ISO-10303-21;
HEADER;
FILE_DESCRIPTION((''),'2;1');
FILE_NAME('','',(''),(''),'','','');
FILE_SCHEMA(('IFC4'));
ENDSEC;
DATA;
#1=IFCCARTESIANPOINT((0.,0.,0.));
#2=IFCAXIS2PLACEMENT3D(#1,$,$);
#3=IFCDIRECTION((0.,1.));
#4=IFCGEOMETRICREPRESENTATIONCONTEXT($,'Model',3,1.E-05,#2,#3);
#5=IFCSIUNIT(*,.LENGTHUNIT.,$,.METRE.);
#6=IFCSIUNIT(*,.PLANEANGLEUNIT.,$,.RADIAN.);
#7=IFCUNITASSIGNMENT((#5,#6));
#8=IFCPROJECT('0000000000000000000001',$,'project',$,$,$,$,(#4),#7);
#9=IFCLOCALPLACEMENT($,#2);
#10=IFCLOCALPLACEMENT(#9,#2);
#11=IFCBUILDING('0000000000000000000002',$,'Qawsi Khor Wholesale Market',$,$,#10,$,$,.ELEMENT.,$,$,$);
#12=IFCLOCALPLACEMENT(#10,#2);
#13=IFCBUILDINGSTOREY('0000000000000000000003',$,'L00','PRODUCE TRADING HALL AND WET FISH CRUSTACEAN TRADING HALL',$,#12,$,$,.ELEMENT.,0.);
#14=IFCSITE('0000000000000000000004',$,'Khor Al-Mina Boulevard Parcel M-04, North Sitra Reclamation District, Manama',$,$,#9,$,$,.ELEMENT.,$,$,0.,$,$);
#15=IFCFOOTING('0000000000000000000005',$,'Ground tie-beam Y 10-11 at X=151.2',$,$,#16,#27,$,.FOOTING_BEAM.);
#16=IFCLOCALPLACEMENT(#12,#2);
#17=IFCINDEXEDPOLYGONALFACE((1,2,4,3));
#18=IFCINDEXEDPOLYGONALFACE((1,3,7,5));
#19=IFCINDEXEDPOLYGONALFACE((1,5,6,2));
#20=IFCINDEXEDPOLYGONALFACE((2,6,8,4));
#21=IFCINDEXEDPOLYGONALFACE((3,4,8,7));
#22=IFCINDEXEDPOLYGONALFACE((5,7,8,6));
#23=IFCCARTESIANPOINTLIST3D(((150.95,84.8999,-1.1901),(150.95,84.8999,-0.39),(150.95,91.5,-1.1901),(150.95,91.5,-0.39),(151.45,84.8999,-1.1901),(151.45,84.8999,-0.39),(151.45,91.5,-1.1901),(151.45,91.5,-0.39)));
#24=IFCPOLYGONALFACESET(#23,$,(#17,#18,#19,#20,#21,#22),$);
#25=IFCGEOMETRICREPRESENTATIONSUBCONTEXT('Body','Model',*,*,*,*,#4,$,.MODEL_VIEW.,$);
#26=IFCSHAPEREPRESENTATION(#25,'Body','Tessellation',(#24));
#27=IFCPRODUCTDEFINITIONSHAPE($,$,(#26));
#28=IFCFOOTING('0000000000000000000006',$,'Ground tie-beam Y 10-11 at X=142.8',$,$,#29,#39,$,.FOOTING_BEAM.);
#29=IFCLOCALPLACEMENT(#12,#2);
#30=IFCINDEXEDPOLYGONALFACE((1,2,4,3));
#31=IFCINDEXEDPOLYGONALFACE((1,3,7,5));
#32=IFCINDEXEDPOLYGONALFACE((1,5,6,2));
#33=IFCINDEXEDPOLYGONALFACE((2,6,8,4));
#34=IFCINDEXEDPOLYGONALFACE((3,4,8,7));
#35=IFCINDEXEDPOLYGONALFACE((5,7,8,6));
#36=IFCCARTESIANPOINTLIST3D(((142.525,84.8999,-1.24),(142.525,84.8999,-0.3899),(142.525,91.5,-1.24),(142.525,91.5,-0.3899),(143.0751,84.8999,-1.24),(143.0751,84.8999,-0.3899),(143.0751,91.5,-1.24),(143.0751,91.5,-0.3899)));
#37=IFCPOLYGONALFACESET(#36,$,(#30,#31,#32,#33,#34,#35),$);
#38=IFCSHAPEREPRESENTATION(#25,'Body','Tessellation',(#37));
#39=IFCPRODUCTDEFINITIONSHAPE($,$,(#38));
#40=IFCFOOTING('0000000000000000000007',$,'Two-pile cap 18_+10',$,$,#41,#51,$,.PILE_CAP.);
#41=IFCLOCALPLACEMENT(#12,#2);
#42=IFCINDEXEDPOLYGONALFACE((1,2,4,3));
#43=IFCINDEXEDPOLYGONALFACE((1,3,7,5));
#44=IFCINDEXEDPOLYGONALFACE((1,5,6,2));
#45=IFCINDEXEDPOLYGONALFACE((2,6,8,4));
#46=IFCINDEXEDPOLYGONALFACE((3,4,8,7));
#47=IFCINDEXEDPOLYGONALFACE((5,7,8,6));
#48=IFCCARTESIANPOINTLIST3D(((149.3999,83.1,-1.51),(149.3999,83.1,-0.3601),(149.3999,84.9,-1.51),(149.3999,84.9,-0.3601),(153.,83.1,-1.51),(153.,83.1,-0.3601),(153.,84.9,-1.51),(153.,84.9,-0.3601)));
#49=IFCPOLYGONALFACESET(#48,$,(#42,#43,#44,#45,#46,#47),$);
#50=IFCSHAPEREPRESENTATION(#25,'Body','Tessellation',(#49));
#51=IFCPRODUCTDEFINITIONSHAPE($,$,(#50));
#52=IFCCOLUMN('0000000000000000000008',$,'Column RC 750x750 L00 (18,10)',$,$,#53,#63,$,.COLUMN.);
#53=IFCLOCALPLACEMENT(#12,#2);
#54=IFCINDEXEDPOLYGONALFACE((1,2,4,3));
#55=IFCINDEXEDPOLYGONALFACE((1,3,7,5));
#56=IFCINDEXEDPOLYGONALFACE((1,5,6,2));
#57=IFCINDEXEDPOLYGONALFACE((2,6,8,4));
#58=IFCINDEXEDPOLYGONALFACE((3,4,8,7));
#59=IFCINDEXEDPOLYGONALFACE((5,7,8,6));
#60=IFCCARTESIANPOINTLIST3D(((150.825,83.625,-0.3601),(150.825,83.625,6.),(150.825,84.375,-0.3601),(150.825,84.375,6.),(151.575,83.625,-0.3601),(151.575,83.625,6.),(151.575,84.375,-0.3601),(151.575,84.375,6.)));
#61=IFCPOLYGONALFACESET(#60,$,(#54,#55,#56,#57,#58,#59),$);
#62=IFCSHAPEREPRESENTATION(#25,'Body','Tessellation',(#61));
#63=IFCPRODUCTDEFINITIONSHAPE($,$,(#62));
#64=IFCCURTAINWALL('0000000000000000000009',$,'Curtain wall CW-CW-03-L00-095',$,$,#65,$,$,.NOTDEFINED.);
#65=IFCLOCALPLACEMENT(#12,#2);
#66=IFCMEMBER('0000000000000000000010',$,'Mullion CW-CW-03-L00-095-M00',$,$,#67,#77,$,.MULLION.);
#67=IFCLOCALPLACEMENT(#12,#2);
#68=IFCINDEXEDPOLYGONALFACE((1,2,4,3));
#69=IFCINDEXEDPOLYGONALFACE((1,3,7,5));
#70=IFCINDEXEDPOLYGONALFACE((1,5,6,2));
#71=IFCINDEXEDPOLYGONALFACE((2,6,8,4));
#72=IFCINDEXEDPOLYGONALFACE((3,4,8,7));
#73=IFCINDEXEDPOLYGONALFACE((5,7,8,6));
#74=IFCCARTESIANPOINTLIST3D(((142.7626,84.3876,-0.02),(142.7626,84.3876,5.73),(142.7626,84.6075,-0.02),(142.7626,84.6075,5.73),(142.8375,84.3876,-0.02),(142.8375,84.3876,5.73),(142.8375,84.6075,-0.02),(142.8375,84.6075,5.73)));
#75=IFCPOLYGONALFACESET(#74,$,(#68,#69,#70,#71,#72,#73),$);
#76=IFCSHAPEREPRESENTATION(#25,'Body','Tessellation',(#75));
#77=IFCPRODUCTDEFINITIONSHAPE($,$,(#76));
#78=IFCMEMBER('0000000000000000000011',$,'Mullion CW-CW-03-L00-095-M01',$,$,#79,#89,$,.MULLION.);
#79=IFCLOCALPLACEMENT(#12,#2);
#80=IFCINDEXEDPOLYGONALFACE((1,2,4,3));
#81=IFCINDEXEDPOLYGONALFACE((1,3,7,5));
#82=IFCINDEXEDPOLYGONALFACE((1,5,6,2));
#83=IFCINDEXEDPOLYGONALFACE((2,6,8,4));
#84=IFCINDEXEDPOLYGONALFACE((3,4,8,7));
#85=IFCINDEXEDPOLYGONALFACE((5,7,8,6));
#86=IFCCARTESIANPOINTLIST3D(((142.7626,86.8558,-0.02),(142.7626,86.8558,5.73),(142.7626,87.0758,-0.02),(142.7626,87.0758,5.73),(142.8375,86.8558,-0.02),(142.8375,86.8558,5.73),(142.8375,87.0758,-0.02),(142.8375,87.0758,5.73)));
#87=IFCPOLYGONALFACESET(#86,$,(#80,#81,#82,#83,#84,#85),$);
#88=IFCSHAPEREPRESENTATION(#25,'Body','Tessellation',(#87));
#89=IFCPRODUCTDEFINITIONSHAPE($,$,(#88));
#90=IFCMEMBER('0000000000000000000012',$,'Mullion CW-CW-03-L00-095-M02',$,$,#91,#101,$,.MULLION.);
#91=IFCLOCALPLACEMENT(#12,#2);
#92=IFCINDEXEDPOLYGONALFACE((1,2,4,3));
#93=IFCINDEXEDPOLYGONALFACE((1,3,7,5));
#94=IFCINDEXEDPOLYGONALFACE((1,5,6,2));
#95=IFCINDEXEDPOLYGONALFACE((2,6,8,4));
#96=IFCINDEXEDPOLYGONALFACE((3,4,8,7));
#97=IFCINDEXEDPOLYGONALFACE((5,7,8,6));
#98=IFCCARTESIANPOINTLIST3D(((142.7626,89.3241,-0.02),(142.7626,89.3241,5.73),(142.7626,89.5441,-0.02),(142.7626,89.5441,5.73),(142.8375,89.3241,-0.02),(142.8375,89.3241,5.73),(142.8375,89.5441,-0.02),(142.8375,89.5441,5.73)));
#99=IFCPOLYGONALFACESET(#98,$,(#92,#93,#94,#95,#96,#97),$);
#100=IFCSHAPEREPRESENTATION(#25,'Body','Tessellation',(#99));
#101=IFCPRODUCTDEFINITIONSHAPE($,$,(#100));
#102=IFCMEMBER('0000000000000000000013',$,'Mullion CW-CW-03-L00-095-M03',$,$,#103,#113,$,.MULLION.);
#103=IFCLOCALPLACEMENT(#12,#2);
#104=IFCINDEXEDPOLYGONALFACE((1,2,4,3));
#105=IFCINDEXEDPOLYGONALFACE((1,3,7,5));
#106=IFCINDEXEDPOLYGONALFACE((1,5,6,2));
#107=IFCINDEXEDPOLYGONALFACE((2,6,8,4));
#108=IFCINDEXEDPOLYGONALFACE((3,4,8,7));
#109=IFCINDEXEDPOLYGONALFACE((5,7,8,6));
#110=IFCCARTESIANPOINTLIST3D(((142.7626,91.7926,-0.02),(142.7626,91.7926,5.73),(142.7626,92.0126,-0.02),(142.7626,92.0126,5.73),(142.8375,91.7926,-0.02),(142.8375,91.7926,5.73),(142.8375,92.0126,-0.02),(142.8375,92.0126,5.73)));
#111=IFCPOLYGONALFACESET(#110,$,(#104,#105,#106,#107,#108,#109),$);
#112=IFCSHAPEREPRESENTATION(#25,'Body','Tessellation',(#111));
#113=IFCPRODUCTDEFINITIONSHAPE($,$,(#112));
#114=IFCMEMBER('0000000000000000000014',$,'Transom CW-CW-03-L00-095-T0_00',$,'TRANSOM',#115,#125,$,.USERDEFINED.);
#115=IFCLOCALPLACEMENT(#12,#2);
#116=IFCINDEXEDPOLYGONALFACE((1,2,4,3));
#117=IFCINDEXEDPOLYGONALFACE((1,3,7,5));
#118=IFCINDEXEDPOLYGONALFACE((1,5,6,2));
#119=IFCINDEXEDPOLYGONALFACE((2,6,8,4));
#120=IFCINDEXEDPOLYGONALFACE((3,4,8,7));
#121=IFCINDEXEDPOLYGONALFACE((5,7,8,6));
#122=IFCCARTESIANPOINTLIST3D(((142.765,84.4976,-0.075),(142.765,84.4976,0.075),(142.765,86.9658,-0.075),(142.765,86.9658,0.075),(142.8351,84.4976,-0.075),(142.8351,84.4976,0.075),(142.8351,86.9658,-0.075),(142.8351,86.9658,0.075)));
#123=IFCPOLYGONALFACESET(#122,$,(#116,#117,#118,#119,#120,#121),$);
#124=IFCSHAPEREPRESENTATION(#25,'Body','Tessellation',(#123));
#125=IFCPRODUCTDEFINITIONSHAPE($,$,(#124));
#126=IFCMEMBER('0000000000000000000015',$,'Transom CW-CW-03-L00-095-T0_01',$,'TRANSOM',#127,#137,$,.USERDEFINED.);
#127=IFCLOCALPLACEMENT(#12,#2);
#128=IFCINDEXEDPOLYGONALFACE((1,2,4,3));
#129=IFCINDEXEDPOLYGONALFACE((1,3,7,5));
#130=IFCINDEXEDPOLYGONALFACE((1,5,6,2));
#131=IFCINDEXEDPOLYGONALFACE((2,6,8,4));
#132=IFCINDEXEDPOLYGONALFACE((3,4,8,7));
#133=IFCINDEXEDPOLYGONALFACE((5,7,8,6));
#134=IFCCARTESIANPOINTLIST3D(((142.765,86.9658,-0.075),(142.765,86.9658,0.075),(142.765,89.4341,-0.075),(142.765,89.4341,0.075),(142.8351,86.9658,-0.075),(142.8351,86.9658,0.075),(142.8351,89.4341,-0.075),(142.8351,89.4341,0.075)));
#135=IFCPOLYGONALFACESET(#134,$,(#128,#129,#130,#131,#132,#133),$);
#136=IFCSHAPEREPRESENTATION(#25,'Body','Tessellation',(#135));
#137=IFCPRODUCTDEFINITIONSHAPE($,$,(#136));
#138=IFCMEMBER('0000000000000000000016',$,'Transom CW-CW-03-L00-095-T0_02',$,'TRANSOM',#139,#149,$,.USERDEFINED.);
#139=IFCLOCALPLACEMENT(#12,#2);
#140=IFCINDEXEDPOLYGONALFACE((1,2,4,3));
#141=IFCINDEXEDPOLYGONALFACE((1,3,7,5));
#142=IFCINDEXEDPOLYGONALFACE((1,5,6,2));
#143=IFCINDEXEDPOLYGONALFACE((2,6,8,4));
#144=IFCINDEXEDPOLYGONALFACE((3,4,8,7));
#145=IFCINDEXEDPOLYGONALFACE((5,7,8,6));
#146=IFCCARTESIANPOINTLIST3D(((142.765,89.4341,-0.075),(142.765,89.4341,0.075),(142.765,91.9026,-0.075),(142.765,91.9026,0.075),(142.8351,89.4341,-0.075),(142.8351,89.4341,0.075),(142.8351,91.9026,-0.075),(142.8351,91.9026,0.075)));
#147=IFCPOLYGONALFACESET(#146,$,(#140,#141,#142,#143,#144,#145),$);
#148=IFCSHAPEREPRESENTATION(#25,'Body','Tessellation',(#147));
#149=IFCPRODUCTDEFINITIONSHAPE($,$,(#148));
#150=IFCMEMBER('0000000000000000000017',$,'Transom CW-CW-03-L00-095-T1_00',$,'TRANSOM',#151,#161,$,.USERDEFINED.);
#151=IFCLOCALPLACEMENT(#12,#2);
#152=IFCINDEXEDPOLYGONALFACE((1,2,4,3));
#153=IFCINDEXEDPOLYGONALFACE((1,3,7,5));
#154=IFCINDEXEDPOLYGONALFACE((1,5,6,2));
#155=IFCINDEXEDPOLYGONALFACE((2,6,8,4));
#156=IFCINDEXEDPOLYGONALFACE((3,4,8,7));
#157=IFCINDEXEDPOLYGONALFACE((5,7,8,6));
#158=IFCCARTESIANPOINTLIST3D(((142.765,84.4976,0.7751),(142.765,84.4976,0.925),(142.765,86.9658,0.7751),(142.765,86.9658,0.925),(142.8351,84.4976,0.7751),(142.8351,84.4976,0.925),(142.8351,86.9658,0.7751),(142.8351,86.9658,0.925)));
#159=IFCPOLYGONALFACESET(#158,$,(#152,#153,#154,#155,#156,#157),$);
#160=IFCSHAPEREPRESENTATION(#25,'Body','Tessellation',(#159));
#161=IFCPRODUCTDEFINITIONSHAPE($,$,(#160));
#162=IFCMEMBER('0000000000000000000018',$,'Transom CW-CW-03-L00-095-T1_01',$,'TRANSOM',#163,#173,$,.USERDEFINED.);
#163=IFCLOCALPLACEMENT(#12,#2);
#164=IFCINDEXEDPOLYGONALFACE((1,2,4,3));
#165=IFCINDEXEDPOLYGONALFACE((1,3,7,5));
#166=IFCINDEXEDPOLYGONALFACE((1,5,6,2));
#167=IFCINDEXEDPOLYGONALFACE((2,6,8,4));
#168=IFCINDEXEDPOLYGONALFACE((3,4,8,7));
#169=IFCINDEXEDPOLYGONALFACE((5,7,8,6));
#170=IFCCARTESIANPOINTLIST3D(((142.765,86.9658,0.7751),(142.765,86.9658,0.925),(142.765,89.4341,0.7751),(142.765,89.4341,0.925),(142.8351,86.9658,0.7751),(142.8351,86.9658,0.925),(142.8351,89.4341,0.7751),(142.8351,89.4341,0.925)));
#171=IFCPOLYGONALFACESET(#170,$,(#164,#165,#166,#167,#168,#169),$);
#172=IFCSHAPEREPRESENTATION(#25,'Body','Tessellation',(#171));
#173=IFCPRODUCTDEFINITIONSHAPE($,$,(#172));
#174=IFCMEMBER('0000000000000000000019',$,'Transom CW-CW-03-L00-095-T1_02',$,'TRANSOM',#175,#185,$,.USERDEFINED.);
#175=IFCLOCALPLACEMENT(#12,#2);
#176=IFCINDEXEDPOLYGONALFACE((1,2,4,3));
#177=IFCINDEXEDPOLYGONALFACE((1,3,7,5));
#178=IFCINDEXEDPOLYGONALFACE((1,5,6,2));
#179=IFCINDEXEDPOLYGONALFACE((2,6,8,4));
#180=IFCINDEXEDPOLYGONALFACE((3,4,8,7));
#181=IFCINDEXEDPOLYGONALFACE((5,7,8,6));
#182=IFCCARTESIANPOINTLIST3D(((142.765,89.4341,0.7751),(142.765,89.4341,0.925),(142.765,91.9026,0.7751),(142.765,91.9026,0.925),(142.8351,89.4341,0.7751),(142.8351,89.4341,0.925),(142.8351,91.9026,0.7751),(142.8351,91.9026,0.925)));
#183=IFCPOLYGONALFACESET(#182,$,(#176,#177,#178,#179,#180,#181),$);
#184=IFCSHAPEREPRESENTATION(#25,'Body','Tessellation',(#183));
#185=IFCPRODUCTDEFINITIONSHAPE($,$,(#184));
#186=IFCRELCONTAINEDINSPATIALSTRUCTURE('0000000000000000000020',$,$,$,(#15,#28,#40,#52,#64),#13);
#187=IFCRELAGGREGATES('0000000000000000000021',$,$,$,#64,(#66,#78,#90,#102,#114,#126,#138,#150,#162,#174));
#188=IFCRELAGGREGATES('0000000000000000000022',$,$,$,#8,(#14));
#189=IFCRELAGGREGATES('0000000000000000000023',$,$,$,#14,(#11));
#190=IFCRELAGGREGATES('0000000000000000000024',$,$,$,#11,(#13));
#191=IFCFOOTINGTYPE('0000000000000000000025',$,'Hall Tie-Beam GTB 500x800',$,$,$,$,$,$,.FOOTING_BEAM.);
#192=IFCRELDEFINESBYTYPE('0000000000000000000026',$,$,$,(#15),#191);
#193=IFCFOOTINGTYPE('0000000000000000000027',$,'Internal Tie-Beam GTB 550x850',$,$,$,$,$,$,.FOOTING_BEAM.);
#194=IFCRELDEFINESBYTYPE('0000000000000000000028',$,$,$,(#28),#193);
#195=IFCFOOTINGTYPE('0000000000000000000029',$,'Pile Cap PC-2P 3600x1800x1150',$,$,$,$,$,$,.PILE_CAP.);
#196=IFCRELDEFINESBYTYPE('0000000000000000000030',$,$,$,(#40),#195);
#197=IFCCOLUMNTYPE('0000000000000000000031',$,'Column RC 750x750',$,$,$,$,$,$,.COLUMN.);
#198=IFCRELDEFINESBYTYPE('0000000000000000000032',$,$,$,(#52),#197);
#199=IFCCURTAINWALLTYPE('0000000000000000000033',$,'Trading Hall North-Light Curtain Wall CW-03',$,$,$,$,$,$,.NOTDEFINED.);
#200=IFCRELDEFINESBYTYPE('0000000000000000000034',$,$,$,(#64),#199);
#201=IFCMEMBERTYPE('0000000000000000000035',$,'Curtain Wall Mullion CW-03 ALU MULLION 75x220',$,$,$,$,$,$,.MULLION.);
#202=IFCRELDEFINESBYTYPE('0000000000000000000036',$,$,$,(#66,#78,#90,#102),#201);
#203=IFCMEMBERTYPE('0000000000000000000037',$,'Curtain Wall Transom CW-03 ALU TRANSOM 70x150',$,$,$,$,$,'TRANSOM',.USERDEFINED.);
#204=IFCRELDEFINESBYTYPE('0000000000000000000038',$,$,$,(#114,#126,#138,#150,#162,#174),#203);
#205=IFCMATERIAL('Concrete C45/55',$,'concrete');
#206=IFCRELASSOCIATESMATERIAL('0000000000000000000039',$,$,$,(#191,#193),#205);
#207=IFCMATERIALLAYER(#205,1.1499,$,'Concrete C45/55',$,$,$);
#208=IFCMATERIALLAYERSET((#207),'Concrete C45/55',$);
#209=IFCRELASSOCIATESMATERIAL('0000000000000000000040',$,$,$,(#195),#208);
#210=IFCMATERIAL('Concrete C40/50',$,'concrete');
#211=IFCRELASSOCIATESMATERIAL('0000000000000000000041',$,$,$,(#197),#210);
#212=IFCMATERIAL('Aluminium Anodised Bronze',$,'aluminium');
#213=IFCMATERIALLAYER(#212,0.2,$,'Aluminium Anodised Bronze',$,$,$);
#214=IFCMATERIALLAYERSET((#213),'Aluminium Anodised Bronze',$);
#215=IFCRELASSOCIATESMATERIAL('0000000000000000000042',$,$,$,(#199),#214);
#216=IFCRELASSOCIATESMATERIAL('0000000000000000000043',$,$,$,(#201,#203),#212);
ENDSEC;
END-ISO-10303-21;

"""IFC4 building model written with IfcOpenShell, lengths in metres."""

from ifc_helpers import new_model, si_unit, direction, frame, origin, origin_2d, place, context, subcontext, project, spatial, rectangle, extrude, material, layer, layer_set, material_profile, profile_set, type_object, element, aggregate, save


model = new_model("IFC4")

# Units and contexts
model_context = context("Model", 3, precision=1e-05, world=origin(), true_north=direction((0.0, 1.0)))
body_context = subcontext(model_context, "Body", "Model", "MODEL_VIEW")
ifc_project = project(units=[si_unit("LENGTHUNIT", "METRE"), si_unit("PLANEANGLEUNIT", "RADIAN")], contexts=[model_context])

# Site, building, storey
site_placement = place(None, origin())
site = spatial("IfcSite", under=ifc_project, at=site_placement, Name="Khor Al-Mina Boulevard Parcel M-04, North Sitra Reclamation District, Manama", CompositionType="ELEMENT", RefElevation=0.0)
building_placement = place(site_placement, origin())
building = spatial("IfcBuilding", under=site, at=building_placement, Name="Qawsi Khor Wholesale Market", CompositionType="ELEMENT")
storey_placement = place(building_placement, origin())
storey = spatial("IfcBuildingStorey", under=building, at=storey_placement, Name="L00", Description="PRODUCE TRADING HALL AND WET FISH CRUSTACEAN TRADING HALL", CompositionType="ELEMENT", Elevation=0.0)

# Footings
ifc_material_1 = material(Name="Concrete C45/55", Category="concrete")
ifc_material_profile_1 = material_profile(ifc_material_1, rectangle(XDim=0.5, YDim=0.8, at=origin_2d()), Name="RC 500x800")
ifc_profile_set_1 = profile_set([ifc_material_profile_1], Name="Concrete C45/55")
footing_type_1 = type_object("IfcFootingType", Name="Hall Tie-Beam GTB 500x800", PredefinedType="FOOTING_BEAM", material=ifc_profile_set_1)
footing_1_placement = place(storey_placement, frame((151.2, 84.8999, -0.79), z_axis=(0.0, 1.0, 0.0), x_axis=(-1.0, 0.0, 0.0)))
element("IfcFooting", 1, at=footing_1_placement, inside=storey, type_object=footing_type_1, Name="Ground tie-beam Y 10-11 at X=151.2", PredefinedType="FOOTING_BEAM", context=body_context, shape_type="SweptSolid", body=[
    extrude(rectangle(XDim=0.5, YDim=0.8, at=origin_2d()), origin(), (0.0, 0.0, 1.0), 6.6001),
])
ifc_material_profile_2 = material_profile(ifc_material_1, rectangle(XDim=0.55, YDim=0.8501, at=origin_2d()), Name="RC 550x850")
ifc_profile_set_2 = profile_set([ifc_material_profile_2], Name="Concrete C45/55")
footing_type_2 = type_object("IfcFootingType", Name="Internal Tie-Beam GTB 550x850", PredefinedType="FOOTING_BEAM", material=ifc_profile_set_2)
footing_2_placement = place(storey_placement, frame((142.8, 84.8999, -0.8149), z_axis=(0.0, 1.0, 0.0), x_axis=(-1.0, 0.0, 0.0)))
element("IfcFooting", 2, at=footing_2_placement, inside=storey, type_object=footing_type_2, Name="Ground tie-beam Y 10-11 at X=142.8", PredefinedType="FOOTING_BEAM", context=body_context, shape_type="SweptSolid", body=[
    extrude(rectangle(XDim=0.55, YDim=0.8501, at=origin_2d()), origin(), (0.0, 0.0, 1.0), 6.6001),
])
ifc_layer_1 = layer(ifc_material_1, 1.1499, Name="Concrete C45/55")
ifc_layer_set_1 = layer_set([ifc_layer_1], Name="Concrete C45/55")
footing_type_3 = type_object("IfcFootingType", Name="Pile Cap PC-2P 3600x1800x1150", PredefinedType="PILE_CAP", material=ifc_layer_set_1)
footing_3_placement = place(storey_placement, frame((151.2, 84.0, -1.51), z_axis=(0.0, 0.0, 1.0), x_axis=(1.0, 0.0, 0.0)))
element("IfcFooting", 3, at=footing_3_placement, inside=storey, type_object=footing_type_3, Name="Two-pile cap 18_+10", PredefinedType="PILE_CAP", context=body_context, shape_type="SweptSolid", body=[
    extrude(rectangle(XDim=3.6001, YDim=1.8, at=origin_2d()), origin(), (0.0, 0.0, 1.0), 1.1499),
])

# Column
ifc_material_2 = material(Name="Concrete C40/50", Category="concrete")
ifc_material_profile_3 = material_profile(ifc_material_2, rectangle(XDim=0.75, YDim=0.75, at=origin_2d()), Name="RC 750x750")
ifc_profile_set_3 = profile_set([ifc_material_profile_3], Name="Concrete C40/50")
column_type = type_object("IfcColumnType", Name="Column RC 750x750", PredefinedType="COLUMN", material=ifc_profile_set_3)
column_placement = place(storey_placement, frame((151.2, 84.0, -0.3601), z_axis=(0.0, 0.0, 1.0), x_axis=(1.0, 0.0, 0.0)))
element("IfcColumn", 4, at=column_placement, inside=storey, type_object=column_type, Name="Column RC 750x750 L00 (18,10)", PredefinedType="COLUMN", context=body_context, shape_type="SweptSolid", body=[
    extrude(rectangle(XDim=0.75, YDim=0.75, at=origin_2d()), origin(), (0.0, 0.0, 1.0), 6.3601),
])

# Curtain wall, members
ifc_material_3 = material(Name="Aluminium Anodised Bronze", Category="aluminium")
ifc_layer_2 = layer(ifc_material_3, 0.2, Name="Aluminium Anodised Bronze")
ifc_layer_set_2 = layer_set([ifc_layer_2], Name="Aluminium Anodised Bronze")
curtain_wall_type = type_object("IfcCurtainWallType", Name="Trading Hall North-Light Curtain Wall CW-03", PredefinedType="NOTDEFINED", material=ifc_layer_set_2)
curtain_wall_placement = place(storey_placement, origin())
curtain_wall = element("IfcCurtainWall", 5, at=curtain_wall_placement, inside=storey, type_object=curtain_wall_type, Name="Curtain wall CW-CW-03-L00-095", PredefinedType="NOTDEFINED")
ifc_material_profile_4 = material_profile(ifc_material_3, rectangle(XDim=0.075, YDim=0.22, at=origin_2d()), Name="ALU MULLION 75x220")
ifc_profile_set_4 = profile_set([ifc_material_profile_4], Name="Aluminium Anodised Bronze")
member_type_1 = type_object("IfcMemberType", Name="Curtain Wall Mullion CW-03 ALU MULLION 75x220", PredefinedType="MULLION", material=ifc_profile_set_4)
member_1_placement = place(storey_placement, frame((142.8, 84.4976, -0.02), z_axis=(0.0, 0.0, 1.0), x_axis=(1.0, 0.0, 0.0)))
member_1 = element("IfcMember", 6, at=member_1_placement, type_object=member_type_1, Name="Mullion CW-CW-03-L00-095-M00", PredefinedType="MULLION", context=body_context, shape_type="SweptSolid", body=[
    extrude(rectangle(XDim=0.075, YDim=0.22, at=origin_2d()), origin(), (0.0, 0.0, 1.0), 5.75),
])
member_2_placement = place(storey_placement, frame((142.8, 86.9658, -0.02), z_axis=(0.0, 0.0, 1.0), x_axis=(1.0, 0.0, 0.0)))
member_2 = element("IfcMember", 7, at=member_2_placement, type_object=member_type_1, Name="Mullion CW-CW-03-L00-095-M01", PredefinedType="MULLION", context=body_context, shape_type="SweptSolid", body=[
    extrude(rectangle(XDim=0.075, YDim=0.22, at=origin_2d()), origin(), (0.0, 0.0, 1.0), 5.75),
])
member_3_placement = place(storey_placement, frame((142.8, 89.4341, -0.02), z_axis=(0.0, 0.0, 1.0), x_axis=(1.0, 0.0, 0.0)))
member_3 = element("IfcMember", 8, at=member_3_placement, type_object=member_type_1, Name="Mullion CW-CW-03-L00-095-M02", PredefinedType="MULLION", context=body_context, shape_type="SweptSolid", body=[
    extrude(rectangle(XDim=0.075, YDim=0.22, at=origin_2d()), origin(), (0.0, 0.0, 1.0), 5.75),
])
member_4_placement = place(storey_placement, frame((142.8, 91.9026, -0.02), z_axis=(0.0, 0.0, 1.0), x_axis=(1.0, 0.0, 0.0)))
member_4 = element("IfcMember", 9, at=member_4_placement, type_object=member_type_1, Name="Mullion CW-CW-03-L00-095-M03", PredefinedType="MULLION", context=body_context, shape_type="SweptSolid", body=[
    extrude(rectangle(XDim=0.075, YDim=0.22, at=origin_2d()), origin(), (0.0, 0.0, 1.0), 5.75),
])
ifc_material_profile_5 = material_profile(ifc_material_3, rectangle(XDim=0.0701, YDim=0.1499, at=origin_2d()), Name="ALU TRANSOM 70x150")
ifc_profile_set_5 = profile_set([ifc_material_profile_5], Name="Aluminium Anodised Bronze")
member_type_2 = type_object("IfcMemberType", Name="Curtain Wall Transom CW-03 ALU TRANSOM 70x150", ElementType="TRANSOM", PredefinedType="USERDEFINED", material=ifc_profile_set_5)
member_5_placement = place(storey_placement, frame((142.8, 84.4976, 0.0), z_axis=(0.0, 1.0, 0.0), x_axis=(-1.0, 0.0, 0.0)))
member_5 = element("IfcMember", 10, at=member_5_placement, type_object=member_type_2, Name="Transom CW-CW-03-L00-095-T0_00", ObjectType="TRANSOM", PredefinedType="USERDEFINED", context=body_context, shape_type="SweptSolid", body=[
    extrude(rectangle(XDim=0.0701, YDim=0.1499, at=origin_2d()), origin(), (0.0, 0.0, 1.0), 2.4683),
])
member_6_placement = place(storey_placement, frame((142.8, 86.9658, 0.0), z_axis=(0.0, 1.0, 0.0), x_axis=(-1.0, 0.0, 0.0)))
member_6 = element("IfcMember", 11, at=member_6_placement, type_object=member_type_2, Name="Transom CW-CW-03-L00-095-T0_01", ObjectType="TRANSOM", PredefinedType="USERDEFINED", context=body_context, shape_type="SweptSolid", body=[
    extrude(rectangle(XDim=0.0701, YDim=0.1499, at=origin_2d()), origin(), (0.0, 0.0, 1.0), 2.4683),
])
member_7_placement = place(storey_placement, frame((142.8, 89.4341, 0.0), z_axis=(0.0, 1.0, 0.0), x_axis=(-1.0, 0.0, 0.0)))
member_7 = element("IfcMember", 12, at=member_7_placement, type_object=member_type_2, Name="Transom CW-CW-03-L00-095-T0_02", ObjectType="TRANSOM", PredefinedType="USERDEFINED", context=body_context, shape_type="SweptSolid", body=[
    extrude(rectangle(XDim=0.0701, YDim=0.1499, at=origin_2d()), origin(), (0.0, 0.0, 1.0), 2.4685),
])
member_8_placement = place(storey_placement, frame((142.8, 84.4976, 0.8501), z_axis=(0.0, 1.0, 0.0), x_axis=(-1.0, 0.0, 0.0)))
member_8 = element("IfcMember", 13, at=member_8_placement, type_object=member_type_2, Name="Transom CW-CW-03-L00-095-T1_00", ObjectType="TRANSOM", PredefinedType="USERDEFINED", context=body_context, shape_type="SweptSolid", body=[
    extrude(rectangle(XDim=0.0701, YDim=0.1499, at=origin_2d()), origin(), (0.0, 0.0, 1.0), 2.4683),
])
member_9_placement = place(storey_placement, frame((142.8, 86.9658, 0.8501), z_axis=(0.0, 1.0, 0.0), x_axis=(-1.0, 0.0, 0.0)))
member_9 = element("IfcMember", 14, at=member_9_placement, type_object=member_type_2, Name="Transom CW-CW-03-L00-095-T1_01", ObjectType="TRANSOM", PredefinedType="USERDEFINED", context=body_context, shape_type="SweptSolid", body=[
    extrude(rectangle(XDim=0.0701, YDim=0.1499, at=origin_2d()), origin(), (0.0, 0.0, 1.0), 2.4683),
])
member_10_placement = place(storey_placement, frame((142.8, 89.4341, 0.8501), z_axis=(0.0, 1.0, 0.0), x_axis=(-1.0, 0.0, 0.0)))
member_10 = element("IfcMember", 15, at=member_10_placement, type_object=member_type_2, Name="Transom CW-CW-03-L00-095-T1_02", ObjectType="TRANSOM", PredefinedType="USERDEFINED", context=body_context, shape_type="SweptSolid", body=[
    extrude(rectangle(XDim=0.0701, YDim=0.1499, at=origin_2d()), origin(), (0.0, 0.0, 1.0), 2.4685),
])
aggregate(curtain_wall, [member_1, member_2, member_3, member_4, member_5, member_6, member_7, member_8, member_9, member_10])

save(model, "model.ifc")
